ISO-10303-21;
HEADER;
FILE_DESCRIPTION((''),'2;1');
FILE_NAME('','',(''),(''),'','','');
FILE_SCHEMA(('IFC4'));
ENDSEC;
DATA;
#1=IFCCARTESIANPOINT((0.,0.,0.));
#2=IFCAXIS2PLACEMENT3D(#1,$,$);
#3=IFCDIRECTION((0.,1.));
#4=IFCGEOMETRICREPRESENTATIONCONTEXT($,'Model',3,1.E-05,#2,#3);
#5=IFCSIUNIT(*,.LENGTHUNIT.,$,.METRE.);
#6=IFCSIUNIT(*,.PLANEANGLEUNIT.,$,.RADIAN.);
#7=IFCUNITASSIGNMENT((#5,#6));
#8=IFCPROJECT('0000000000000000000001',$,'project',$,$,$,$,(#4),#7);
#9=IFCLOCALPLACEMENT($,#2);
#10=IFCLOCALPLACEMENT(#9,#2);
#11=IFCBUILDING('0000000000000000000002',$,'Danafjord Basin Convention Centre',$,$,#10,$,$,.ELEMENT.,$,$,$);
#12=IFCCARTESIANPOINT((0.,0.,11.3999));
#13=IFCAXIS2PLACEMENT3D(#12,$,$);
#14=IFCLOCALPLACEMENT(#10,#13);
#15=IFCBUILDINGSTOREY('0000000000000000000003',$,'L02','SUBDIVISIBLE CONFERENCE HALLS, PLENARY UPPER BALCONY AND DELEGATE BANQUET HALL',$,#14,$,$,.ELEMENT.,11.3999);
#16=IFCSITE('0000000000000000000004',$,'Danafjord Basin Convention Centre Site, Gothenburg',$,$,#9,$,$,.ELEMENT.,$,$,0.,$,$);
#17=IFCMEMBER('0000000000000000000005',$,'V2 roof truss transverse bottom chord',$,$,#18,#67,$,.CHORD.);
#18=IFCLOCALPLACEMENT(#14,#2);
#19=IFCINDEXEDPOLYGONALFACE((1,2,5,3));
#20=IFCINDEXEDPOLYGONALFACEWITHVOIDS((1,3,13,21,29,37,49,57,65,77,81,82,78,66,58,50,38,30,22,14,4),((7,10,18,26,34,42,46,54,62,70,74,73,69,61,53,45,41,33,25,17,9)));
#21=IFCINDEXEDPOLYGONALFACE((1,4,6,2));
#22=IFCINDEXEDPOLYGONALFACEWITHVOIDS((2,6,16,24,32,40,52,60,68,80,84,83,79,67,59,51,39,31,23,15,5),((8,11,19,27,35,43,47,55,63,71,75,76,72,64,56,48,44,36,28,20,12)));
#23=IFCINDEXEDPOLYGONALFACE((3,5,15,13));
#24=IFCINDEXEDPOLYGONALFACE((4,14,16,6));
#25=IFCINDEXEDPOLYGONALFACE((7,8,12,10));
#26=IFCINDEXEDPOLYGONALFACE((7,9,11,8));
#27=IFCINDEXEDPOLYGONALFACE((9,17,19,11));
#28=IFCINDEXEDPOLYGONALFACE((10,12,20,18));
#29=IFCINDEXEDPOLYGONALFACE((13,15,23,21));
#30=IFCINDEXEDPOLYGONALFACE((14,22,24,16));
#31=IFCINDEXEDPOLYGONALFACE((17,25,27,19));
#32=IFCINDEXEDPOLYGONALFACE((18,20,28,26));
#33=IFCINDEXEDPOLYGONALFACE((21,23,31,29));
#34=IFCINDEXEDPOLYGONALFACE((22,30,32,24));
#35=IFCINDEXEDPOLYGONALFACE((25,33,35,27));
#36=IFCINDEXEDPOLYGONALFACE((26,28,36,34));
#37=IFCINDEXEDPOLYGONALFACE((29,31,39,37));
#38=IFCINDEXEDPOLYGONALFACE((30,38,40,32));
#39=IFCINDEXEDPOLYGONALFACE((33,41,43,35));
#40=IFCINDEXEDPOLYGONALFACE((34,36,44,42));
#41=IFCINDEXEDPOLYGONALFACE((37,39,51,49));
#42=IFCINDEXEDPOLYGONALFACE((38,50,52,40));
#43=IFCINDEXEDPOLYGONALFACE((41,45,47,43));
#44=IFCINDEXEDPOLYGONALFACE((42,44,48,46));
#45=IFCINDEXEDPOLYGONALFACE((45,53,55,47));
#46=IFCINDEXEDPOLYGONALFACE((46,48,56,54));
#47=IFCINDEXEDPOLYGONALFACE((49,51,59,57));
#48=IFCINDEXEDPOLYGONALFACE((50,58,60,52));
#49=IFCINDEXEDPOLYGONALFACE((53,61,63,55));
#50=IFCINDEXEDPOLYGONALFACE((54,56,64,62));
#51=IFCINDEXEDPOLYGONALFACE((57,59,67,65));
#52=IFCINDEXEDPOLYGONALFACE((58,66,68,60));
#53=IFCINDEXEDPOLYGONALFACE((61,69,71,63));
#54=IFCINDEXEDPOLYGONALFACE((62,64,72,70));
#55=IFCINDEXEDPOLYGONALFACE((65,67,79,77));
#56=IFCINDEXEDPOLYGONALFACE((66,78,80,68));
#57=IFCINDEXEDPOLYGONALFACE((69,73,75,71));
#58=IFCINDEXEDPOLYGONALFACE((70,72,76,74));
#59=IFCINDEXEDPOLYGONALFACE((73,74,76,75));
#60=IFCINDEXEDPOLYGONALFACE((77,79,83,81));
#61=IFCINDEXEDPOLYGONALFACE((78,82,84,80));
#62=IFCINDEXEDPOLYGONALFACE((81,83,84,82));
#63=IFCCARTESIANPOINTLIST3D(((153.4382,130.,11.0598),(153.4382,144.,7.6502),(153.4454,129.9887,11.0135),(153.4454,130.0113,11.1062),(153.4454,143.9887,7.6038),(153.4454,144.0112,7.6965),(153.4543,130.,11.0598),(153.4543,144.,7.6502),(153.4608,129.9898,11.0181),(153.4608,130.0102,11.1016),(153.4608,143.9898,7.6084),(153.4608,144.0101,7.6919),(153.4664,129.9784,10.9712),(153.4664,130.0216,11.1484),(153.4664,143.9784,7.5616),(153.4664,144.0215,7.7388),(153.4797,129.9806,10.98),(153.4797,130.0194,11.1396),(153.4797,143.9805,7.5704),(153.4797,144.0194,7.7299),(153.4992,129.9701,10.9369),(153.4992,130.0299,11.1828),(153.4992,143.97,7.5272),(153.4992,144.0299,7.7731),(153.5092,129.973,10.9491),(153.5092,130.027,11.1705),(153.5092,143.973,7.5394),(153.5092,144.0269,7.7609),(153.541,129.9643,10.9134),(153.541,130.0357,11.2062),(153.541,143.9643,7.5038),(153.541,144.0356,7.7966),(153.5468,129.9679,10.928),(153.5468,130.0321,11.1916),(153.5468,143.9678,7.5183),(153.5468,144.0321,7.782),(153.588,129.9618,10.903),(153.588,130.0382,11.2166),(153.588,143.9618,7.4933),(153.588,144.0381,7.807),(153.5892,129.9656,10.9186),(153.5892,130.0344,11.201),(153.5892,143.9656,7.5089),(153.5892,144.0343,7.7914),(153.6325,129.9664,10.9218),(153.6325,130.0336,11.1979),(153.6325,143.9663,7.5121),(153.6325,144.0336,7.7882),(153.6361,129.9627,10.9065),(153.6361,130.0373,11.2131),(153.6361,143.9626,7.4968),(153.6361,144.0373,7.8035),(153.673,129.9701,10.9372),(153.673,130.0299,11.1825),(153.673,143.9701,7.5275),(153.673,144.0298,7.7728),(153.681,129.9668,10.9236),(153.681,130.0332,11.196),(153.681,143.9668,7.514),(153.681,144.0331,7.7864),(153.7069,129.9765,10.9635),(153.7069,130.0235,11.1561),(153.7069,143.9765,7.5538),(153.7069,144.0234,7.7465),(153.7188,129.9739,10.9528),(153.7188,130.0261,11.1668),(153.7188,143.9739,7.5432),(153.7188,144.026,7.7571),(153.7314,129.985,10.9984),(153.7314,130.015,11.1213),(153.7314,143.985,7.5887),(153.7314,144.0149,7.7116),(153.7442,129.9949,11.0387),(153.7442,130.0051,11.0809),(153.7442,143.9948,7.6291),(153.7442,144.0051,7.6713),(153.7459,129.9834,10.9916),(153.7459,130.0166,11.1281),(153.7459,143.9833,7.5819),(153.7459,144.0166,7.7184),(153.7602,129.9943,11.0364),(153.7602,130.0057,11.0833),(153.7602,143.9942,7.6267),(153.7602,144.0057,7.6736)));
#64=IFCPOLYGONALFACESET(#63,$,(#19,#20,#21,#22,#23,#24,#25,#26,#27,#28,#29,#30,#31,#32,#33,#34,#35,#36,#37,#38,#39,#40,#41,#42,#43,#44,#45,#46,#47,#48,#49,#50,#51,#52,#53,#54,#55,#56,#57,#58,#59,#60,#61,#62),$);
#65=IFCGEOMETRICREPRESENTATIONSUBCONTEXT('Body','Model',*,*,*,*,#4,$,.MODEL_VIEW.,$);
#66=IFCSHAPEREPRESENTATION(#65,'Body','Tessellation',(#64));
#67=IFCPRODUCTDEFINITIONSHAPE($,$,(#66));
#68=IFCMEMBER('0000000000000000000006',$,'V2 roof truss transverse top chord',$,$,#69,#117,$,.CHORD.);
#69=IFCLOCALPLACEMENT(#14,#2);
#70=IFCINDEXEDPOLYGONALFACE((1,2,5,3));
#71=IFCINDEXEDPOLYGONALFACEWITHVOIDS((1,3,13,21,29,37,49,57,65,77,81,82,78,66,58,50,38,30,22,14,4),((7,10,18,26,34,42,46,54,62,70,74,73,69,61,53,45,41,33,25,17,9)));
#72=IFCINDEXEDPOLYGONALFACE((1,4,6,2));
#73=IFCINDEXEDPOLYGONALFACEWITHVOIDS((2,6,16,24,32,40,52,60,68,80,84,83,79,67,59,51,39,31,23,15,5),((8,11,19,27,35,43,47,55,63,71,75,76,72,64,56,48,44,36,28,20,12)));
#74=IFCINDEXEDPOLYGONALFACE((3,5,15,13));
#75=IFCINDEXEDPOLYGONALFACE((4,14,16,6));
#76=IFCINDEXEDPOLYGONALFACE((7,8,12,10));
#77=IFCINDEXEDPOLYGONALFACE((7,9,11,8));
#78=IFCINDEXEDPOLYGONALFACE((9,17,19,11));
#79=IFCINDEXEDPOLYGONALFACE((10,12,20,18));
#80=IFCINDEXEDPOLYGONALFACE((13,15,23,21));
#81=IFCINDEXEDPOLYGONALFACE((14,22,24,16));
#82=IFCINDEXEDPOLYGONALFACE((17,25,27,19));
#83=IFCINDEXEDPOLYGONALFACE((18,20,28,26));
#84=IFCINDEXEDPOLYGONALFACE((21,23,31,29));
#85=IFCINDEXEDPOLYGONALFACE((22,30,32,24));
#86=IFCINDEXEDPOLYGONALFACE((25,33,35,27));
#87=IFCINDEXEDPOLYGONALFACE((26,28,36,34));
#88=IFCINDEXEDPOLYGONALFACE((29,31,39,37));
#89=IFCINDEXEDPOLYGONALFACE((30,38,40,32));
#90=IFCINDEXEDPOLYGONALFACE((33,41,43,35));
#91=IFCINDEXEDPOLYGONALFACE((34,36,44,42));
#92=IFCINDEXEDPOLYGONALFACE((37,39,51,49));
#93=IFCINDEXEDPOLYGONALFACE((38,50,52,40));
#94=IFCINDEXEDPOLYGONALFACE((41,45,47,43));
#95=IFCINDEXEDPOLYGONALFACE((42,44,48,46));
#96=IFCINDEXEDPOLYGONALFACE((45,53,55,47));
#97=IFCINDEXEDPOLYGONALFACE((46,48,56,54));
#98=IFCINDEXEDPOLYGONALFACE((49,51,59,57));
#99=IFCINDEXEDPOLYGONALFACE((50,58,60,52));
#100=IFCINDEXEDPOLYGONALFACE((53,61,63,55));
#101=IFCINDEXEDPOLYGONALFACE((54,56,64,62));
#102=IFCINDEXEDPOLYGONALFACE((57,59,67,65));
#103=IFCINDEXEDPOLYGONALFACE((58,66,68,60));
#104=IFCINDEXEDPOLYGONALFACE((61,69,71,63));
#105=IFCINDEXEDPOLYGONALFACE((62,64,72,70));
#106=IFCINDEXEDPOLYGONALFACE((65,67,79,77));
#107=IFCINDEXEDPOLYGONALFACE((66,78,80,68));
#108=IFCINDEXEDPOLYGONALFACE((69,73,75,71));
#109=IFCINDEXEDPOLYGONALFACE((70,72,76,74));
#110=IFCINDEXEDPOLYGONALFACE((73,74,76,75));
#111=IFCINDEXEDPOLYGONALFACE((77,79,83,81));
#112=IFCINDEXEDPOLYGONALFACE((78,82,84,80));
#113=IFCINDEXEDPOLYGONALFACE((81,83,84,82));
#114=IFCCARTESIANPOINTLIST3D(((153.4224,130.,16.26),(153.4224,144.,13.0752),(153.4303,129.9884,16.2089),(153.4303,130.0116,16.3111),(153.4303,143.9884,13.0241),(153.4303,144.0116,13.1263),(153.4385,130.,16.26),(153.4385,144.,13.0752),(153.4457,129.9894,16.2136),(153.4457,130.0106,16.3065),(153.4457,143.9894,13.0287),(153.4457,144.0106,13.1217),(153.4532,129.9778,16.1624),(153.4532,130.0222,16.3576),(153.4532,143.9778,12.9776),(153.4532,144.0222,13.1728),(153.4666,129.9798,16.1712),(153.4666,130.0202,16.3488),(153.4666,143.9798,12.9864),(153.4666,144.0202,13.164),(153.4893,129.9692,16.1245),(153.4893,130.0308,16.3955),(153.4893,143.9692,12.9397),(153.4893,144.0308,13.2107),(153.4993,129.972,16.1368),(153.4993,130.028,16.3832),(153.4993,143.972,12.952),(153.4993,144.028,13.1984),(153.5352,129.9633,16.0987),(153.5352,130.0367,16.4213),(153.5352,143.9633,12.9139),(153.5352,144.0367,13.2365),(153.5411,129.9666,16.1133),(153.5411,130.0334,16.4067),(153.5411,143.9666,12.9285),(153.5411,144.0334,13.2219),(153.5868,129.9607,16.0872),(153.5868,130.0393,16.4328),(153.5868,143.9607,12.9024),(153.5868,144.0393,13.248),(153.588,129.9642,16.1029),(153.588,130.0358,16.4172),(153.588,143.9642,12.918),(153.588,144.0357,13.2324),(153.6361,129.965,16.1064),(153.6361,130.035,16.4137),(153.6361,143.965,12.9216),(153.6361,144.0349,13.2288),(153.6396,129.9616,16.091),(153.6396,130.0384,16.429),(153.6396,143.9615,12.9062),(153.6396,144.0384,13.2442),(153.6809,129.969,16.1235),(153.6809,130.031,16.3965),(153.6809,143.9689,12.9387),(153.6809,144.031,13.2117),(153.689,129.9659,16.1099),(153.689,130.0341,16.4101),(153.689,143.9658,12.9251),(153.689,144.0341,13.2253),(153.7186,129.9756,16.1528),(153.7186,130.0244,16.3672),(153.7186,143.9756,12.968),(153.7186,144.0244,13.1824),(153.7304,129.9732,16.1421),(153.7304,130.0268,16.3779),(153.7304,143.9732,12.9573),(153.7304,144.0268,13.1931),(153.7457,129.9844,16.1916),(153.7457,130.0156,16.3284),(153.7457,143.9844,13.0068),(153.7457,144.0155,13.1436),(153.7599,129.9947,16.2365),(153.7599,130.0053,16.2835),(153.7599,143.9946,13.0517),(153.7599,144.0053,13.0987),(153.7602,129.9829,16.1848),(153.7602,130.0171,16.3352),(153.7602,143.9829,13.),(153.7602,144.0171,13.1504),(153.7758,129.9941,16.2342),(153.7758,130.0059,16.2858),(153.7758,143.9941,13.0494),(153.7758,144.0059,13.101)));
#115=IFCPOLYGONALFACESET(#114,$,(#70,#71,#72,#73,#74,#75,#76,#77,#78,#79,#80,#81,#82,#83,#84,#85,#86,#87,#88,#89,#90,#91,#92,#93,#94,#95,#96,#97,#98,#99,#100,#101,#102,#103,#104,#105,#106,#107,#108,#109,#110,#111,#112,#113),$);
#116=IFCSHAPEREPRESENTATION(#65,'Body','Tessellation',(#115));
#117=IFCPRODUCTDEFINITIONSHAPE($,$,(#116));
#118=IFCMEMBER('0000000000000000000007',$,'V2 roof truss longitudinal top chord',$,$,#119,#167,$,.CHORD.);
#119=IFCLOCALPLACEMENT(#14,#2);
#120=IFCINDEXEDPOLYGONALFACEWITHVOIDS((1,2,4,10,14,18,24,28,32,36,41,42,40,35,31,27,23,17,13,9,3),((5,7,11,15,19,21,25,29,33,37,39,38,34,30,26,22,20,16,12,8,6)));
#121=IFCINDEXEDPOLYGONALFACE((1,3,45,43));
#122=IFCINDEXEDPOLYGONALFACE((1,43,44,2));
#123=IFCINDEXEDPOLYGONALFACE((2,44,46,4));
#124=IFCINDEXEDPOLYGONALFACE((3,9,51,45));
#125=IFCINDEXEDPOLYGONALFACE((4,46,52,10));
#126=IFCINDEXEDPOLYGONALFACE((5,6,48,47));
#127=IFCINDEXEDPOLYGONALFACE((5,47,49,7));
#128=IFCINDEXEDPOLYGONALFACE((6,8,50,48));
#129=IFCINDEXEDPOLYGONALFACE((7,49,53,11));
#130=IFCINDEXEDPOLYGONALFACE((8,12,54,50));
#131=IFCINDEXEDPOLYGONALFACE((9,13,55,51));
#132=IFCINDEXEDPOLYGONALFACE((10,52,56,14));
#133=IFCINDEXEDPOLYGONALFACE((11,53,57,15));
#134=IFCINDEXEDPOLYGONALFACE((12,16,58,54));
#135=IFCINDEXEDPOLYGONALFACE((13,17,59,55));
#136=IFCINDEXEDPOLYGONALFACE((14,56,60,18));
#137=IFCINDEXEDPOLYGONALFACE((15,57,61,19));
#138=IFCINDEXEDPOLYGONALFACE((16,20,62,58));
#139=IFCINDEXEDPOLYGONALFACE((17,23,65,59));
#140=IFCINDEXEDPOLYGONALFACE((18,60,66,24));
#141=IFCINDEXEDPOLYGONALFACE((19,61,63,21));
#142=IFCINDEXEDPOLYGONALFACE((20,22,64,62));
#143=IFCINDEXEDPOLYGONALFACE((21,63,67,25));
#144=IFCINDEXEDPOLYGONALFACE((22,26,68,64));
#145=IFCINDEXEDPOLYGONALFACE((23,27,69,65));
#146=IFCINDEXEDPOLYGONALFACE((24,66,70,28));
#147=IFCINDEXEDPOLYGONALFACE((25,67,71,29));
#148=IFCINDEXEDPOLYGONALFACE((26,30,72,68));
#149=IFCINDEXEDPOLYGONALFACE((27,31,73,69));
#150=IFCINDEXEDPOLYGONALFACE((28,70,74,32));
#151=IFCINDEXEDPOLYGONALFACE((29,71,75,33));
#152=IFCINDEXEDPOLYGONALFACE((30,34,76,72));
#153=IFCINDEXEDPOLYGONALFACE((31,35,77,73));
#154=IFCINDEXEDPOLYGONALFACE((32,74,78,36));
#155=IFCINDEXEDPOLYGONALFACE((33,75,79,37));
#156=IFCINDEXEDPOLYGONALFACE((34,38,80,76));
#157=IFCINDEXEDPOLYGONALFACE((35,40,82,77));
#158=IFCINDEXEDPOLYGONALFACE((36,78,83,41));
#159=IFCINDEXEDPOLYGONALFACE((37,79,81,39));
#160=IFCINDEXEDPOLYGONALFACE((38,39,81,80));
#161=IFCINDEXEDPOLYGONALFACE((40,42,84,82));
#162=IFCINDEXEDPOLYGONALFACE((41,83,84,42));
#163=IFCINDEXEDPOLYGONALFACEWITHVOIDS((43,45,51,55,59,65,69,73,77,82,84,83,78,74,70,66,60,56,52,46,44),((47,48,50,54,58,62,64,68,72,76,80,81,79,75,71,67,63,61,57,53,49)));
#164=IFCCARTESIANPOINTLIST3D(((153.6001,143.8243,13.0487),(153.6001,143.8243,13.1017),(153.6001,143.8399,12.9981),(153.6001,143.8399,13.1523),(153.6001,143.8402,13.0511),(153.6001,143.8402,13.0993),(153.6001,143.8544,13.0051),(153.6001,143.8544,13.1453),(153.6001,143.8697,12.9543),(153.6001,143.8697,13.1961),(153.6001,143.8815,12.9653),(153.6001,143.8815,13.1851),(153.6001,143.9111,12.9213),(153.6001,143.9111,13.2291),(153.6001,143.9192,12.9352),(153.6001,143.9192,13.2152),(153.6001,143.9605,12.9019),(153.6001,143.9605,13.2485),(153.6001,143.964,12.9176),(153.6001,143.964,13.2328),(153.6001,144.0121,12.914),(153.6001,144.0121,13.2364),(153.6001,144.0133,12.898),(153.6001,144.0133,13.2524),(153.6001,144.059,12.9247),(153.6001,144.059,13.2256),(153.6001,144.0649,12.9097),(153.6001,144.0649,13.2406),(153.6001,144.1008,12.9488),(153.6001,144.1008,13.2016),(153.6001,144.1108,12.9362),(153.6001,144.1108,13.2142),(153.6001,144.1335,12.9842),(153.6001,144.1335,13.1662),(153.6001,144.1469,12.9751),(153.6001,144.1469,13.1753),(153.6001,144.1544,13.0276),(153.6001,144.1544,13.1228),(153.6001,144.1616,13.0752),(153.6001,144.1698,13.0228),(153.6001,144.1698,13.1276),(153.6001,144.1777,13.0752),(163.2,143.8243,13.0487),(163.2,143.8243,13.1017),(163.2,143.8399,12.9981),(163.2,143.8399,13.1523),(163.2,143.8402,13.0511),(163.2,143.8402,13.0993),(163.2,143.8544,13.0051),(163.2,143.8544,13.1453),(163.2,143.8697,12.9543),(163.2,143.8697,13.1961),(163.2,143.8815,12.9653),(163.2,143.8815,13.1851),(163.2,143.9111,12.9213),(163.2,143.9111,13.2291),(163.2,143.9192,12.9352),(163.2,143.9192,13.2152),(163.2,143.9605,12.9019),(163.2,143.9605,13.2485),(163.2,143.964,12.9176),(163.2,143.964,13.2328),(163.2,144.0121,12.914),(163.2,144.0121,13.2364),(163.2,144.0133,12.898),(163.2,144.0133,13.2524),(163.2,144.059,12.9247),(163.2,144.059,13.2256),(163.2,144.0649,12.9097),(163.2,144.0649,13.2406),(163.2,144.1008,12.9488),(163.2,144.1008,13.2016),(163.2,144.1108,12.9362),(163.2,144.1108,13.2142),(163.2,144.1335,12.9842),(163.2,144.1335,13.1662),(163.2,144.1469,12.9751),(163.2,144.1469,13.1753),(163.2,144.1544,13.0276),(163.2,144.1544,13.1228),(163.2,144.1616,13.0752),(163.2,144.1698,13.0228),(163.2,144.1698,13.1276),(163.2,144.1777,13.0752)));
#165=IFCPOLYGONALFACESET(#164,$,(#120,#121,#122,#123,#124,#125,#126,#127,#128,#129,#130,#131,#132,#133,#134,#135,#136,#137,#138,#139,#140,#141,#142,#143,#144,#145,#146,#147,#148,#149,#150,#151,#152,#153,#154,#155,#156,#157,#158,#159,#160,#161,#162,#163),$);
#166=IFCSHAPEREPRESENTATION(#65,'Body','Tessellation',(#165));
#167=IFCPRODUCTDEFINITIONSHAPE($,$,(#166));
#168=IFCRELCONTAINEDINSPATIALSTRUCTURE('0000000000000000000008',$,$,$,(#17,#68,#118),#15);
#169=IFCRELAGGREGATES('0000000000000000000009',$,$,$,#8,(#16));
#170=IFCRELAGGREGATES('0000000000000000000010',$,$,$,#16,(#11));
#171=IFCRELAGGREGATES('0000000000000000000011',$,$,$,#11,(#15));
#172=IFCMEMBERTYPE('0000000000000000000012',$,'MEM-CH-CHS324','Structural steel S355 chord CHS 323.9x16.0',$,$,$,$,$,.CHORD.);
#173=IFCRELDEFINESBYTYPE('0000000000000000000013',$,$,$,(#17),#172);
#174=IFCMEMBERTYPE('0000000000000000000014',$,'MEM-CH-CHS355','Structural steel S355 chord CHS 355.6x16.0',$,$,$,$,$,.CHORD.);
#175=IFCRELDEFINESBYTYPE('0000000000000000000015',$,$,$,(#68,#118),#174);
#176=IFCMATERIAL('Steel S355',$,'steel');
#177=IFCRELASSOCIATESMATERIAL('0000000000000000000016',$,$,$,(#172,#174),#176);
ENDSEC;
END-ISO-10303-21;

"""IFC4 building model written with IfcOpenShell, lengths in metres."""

from ifc_helpers import new_model, si_unit, direction, frame, origin, origin_2d, place, context, subcontext, project, spatial, hollow_circle, extrude, material, material_profile, profile_set, type_object, element, save


model = new_model("IFC4")

# Units and contexts
model_context = context("Model", 3, precision=1e-05, world=origin(), true_north=direction((0.0, 1.0)))
body_context = subcontext(model_context, "Body", "Model", "MODEL_VIEW")
ifc_project = project(units=[si_unit("LENGTHUNIT", "METRE"), si_unit("PLANEANGLEUNIT", "RADIAN")], contexts=[model_context])

# Site, building, storey
site_placement = place(None, origin())
site = spatial("IfcSite", under=ifc_project, at=site_placement, Name="Danafjord Basin Convention Centre Site, Gothenburg", CompositionType="ELEMENT", RefElevation=0.0)
building_placement = place(site_placement, origin())
building = spatial("IfcBuilding", under=site, at=building_placement, Name="Danafjord Basin Convention Centre", CompositionType="ELEMENT")
storey_placement = place(building_placement, frame((0.0, 0.0, 11.3999)))
storey = spatial("IfcBuildingStorey", under=building, at=storey_placement, Name="L02", Description="SUBDIVISIBLE CONFERENCE HALLS, PLENARY UPPER BALCONY AND DELEGATE BANQUET HALL", CompositionType="ELEMENT", Elevation=11.3999)

# Shared definitions
ifc_material = material(Name="Steel S355", Category="steel")

# Members
ifc_material_profile_1 = material_profile(ifc_material, hollow_circle(Radius=0.1619, WallThickness=0.0161, at=origin_2d()), Name="CHS 323.9x16.0")
ifc_profile_set_1 = profile_set([ifc_material_profile_1], Name="Steel S355")
member_type_1 = type_object("IfcMemberType", Name="MEM-CH-CHS324", Description="Structural steel S355 chord CHS 323.9x16.0", PredefinedType="CHORD", material=ifc_profile_set_1)
member_1_placement = place(storey_placement, frame((153.6001, 130.0, 11.0598), z_axis=(0.0, 0.9716, -0.236631), x_axis=(-1.0, 0.0, 0.0)))
element("IfcMember", 1, at=member_1_placement, inside=storey, type_object=member_type_1, Name="V2 roof truss transverse bottom chord", PredefinedType="CHORD", context=body_context, shape_type="SweptSolid", body=[
    extrude(hollow_circle(Radius=0.1619, WallThickness=0.0161, at=origin_2d()), origin(), (0.0, 0.0, 1.0), 14.4092),
])
ifc_material_profile_2 = material_profile(ifc_material, hollow_circle(Radius=0.1777, WallThickness=0.0161, at=origin_2d()), Name="CHS 355.6x16.0")
ifc_profile_set_2 = profile_set([ifc_material_profile_2], Name="Steel S355")
member_type_2 = type_object("IfcMemberType", Name="MEM-CH-CHS355", Description="Structural steel S355 chord CHS 355.6x16.0", PredefinedType="CHORD", material=ifc_profile_set_2)
member_2_placement = place(storey_placement, frame((153.6001, 130.0, 16.26), z_axis=(0.0, 0.975088, -0.22182), x_axis=(-1.0, 0.0, 0.0)))
element("IfcMember", 2, at=member_2_placement, inside=storey, type_object=member_type_2, Name="V2 roof truss transverse top chord", PredefinedType="CHORD", context=body_context, shape_type="SweptSolid", body=[
    extrude(hollow_circle(Radius=0.1777, WallThickness=0.0161, at=origin_2d()), origin(), (0.0, 0.0, 1.0), 14.3577),
])
member_3_placement = place(storey_placement, frame((153.6001, 144.0, 13.0752), z_axis=(1.0, 0.0, 0.0), x_axis=(0.0, 1.0, 0.0)))
element("IfcMember", 3, at=member_3_placement, inside=storey, type_object=member_type_2, Name="V2 roof truss longitudinal top chord", PredefinedType="CHORD", context=body_context, shape_type="SweptSolid", body=[
    extrude(hollow_circle(Radius=0.1777, WallThickness=0.0161, at=origin_2d()), origin(), (0.0, 0.0, 1.0), 9.5999),
])

save(model, "model.ifc")
